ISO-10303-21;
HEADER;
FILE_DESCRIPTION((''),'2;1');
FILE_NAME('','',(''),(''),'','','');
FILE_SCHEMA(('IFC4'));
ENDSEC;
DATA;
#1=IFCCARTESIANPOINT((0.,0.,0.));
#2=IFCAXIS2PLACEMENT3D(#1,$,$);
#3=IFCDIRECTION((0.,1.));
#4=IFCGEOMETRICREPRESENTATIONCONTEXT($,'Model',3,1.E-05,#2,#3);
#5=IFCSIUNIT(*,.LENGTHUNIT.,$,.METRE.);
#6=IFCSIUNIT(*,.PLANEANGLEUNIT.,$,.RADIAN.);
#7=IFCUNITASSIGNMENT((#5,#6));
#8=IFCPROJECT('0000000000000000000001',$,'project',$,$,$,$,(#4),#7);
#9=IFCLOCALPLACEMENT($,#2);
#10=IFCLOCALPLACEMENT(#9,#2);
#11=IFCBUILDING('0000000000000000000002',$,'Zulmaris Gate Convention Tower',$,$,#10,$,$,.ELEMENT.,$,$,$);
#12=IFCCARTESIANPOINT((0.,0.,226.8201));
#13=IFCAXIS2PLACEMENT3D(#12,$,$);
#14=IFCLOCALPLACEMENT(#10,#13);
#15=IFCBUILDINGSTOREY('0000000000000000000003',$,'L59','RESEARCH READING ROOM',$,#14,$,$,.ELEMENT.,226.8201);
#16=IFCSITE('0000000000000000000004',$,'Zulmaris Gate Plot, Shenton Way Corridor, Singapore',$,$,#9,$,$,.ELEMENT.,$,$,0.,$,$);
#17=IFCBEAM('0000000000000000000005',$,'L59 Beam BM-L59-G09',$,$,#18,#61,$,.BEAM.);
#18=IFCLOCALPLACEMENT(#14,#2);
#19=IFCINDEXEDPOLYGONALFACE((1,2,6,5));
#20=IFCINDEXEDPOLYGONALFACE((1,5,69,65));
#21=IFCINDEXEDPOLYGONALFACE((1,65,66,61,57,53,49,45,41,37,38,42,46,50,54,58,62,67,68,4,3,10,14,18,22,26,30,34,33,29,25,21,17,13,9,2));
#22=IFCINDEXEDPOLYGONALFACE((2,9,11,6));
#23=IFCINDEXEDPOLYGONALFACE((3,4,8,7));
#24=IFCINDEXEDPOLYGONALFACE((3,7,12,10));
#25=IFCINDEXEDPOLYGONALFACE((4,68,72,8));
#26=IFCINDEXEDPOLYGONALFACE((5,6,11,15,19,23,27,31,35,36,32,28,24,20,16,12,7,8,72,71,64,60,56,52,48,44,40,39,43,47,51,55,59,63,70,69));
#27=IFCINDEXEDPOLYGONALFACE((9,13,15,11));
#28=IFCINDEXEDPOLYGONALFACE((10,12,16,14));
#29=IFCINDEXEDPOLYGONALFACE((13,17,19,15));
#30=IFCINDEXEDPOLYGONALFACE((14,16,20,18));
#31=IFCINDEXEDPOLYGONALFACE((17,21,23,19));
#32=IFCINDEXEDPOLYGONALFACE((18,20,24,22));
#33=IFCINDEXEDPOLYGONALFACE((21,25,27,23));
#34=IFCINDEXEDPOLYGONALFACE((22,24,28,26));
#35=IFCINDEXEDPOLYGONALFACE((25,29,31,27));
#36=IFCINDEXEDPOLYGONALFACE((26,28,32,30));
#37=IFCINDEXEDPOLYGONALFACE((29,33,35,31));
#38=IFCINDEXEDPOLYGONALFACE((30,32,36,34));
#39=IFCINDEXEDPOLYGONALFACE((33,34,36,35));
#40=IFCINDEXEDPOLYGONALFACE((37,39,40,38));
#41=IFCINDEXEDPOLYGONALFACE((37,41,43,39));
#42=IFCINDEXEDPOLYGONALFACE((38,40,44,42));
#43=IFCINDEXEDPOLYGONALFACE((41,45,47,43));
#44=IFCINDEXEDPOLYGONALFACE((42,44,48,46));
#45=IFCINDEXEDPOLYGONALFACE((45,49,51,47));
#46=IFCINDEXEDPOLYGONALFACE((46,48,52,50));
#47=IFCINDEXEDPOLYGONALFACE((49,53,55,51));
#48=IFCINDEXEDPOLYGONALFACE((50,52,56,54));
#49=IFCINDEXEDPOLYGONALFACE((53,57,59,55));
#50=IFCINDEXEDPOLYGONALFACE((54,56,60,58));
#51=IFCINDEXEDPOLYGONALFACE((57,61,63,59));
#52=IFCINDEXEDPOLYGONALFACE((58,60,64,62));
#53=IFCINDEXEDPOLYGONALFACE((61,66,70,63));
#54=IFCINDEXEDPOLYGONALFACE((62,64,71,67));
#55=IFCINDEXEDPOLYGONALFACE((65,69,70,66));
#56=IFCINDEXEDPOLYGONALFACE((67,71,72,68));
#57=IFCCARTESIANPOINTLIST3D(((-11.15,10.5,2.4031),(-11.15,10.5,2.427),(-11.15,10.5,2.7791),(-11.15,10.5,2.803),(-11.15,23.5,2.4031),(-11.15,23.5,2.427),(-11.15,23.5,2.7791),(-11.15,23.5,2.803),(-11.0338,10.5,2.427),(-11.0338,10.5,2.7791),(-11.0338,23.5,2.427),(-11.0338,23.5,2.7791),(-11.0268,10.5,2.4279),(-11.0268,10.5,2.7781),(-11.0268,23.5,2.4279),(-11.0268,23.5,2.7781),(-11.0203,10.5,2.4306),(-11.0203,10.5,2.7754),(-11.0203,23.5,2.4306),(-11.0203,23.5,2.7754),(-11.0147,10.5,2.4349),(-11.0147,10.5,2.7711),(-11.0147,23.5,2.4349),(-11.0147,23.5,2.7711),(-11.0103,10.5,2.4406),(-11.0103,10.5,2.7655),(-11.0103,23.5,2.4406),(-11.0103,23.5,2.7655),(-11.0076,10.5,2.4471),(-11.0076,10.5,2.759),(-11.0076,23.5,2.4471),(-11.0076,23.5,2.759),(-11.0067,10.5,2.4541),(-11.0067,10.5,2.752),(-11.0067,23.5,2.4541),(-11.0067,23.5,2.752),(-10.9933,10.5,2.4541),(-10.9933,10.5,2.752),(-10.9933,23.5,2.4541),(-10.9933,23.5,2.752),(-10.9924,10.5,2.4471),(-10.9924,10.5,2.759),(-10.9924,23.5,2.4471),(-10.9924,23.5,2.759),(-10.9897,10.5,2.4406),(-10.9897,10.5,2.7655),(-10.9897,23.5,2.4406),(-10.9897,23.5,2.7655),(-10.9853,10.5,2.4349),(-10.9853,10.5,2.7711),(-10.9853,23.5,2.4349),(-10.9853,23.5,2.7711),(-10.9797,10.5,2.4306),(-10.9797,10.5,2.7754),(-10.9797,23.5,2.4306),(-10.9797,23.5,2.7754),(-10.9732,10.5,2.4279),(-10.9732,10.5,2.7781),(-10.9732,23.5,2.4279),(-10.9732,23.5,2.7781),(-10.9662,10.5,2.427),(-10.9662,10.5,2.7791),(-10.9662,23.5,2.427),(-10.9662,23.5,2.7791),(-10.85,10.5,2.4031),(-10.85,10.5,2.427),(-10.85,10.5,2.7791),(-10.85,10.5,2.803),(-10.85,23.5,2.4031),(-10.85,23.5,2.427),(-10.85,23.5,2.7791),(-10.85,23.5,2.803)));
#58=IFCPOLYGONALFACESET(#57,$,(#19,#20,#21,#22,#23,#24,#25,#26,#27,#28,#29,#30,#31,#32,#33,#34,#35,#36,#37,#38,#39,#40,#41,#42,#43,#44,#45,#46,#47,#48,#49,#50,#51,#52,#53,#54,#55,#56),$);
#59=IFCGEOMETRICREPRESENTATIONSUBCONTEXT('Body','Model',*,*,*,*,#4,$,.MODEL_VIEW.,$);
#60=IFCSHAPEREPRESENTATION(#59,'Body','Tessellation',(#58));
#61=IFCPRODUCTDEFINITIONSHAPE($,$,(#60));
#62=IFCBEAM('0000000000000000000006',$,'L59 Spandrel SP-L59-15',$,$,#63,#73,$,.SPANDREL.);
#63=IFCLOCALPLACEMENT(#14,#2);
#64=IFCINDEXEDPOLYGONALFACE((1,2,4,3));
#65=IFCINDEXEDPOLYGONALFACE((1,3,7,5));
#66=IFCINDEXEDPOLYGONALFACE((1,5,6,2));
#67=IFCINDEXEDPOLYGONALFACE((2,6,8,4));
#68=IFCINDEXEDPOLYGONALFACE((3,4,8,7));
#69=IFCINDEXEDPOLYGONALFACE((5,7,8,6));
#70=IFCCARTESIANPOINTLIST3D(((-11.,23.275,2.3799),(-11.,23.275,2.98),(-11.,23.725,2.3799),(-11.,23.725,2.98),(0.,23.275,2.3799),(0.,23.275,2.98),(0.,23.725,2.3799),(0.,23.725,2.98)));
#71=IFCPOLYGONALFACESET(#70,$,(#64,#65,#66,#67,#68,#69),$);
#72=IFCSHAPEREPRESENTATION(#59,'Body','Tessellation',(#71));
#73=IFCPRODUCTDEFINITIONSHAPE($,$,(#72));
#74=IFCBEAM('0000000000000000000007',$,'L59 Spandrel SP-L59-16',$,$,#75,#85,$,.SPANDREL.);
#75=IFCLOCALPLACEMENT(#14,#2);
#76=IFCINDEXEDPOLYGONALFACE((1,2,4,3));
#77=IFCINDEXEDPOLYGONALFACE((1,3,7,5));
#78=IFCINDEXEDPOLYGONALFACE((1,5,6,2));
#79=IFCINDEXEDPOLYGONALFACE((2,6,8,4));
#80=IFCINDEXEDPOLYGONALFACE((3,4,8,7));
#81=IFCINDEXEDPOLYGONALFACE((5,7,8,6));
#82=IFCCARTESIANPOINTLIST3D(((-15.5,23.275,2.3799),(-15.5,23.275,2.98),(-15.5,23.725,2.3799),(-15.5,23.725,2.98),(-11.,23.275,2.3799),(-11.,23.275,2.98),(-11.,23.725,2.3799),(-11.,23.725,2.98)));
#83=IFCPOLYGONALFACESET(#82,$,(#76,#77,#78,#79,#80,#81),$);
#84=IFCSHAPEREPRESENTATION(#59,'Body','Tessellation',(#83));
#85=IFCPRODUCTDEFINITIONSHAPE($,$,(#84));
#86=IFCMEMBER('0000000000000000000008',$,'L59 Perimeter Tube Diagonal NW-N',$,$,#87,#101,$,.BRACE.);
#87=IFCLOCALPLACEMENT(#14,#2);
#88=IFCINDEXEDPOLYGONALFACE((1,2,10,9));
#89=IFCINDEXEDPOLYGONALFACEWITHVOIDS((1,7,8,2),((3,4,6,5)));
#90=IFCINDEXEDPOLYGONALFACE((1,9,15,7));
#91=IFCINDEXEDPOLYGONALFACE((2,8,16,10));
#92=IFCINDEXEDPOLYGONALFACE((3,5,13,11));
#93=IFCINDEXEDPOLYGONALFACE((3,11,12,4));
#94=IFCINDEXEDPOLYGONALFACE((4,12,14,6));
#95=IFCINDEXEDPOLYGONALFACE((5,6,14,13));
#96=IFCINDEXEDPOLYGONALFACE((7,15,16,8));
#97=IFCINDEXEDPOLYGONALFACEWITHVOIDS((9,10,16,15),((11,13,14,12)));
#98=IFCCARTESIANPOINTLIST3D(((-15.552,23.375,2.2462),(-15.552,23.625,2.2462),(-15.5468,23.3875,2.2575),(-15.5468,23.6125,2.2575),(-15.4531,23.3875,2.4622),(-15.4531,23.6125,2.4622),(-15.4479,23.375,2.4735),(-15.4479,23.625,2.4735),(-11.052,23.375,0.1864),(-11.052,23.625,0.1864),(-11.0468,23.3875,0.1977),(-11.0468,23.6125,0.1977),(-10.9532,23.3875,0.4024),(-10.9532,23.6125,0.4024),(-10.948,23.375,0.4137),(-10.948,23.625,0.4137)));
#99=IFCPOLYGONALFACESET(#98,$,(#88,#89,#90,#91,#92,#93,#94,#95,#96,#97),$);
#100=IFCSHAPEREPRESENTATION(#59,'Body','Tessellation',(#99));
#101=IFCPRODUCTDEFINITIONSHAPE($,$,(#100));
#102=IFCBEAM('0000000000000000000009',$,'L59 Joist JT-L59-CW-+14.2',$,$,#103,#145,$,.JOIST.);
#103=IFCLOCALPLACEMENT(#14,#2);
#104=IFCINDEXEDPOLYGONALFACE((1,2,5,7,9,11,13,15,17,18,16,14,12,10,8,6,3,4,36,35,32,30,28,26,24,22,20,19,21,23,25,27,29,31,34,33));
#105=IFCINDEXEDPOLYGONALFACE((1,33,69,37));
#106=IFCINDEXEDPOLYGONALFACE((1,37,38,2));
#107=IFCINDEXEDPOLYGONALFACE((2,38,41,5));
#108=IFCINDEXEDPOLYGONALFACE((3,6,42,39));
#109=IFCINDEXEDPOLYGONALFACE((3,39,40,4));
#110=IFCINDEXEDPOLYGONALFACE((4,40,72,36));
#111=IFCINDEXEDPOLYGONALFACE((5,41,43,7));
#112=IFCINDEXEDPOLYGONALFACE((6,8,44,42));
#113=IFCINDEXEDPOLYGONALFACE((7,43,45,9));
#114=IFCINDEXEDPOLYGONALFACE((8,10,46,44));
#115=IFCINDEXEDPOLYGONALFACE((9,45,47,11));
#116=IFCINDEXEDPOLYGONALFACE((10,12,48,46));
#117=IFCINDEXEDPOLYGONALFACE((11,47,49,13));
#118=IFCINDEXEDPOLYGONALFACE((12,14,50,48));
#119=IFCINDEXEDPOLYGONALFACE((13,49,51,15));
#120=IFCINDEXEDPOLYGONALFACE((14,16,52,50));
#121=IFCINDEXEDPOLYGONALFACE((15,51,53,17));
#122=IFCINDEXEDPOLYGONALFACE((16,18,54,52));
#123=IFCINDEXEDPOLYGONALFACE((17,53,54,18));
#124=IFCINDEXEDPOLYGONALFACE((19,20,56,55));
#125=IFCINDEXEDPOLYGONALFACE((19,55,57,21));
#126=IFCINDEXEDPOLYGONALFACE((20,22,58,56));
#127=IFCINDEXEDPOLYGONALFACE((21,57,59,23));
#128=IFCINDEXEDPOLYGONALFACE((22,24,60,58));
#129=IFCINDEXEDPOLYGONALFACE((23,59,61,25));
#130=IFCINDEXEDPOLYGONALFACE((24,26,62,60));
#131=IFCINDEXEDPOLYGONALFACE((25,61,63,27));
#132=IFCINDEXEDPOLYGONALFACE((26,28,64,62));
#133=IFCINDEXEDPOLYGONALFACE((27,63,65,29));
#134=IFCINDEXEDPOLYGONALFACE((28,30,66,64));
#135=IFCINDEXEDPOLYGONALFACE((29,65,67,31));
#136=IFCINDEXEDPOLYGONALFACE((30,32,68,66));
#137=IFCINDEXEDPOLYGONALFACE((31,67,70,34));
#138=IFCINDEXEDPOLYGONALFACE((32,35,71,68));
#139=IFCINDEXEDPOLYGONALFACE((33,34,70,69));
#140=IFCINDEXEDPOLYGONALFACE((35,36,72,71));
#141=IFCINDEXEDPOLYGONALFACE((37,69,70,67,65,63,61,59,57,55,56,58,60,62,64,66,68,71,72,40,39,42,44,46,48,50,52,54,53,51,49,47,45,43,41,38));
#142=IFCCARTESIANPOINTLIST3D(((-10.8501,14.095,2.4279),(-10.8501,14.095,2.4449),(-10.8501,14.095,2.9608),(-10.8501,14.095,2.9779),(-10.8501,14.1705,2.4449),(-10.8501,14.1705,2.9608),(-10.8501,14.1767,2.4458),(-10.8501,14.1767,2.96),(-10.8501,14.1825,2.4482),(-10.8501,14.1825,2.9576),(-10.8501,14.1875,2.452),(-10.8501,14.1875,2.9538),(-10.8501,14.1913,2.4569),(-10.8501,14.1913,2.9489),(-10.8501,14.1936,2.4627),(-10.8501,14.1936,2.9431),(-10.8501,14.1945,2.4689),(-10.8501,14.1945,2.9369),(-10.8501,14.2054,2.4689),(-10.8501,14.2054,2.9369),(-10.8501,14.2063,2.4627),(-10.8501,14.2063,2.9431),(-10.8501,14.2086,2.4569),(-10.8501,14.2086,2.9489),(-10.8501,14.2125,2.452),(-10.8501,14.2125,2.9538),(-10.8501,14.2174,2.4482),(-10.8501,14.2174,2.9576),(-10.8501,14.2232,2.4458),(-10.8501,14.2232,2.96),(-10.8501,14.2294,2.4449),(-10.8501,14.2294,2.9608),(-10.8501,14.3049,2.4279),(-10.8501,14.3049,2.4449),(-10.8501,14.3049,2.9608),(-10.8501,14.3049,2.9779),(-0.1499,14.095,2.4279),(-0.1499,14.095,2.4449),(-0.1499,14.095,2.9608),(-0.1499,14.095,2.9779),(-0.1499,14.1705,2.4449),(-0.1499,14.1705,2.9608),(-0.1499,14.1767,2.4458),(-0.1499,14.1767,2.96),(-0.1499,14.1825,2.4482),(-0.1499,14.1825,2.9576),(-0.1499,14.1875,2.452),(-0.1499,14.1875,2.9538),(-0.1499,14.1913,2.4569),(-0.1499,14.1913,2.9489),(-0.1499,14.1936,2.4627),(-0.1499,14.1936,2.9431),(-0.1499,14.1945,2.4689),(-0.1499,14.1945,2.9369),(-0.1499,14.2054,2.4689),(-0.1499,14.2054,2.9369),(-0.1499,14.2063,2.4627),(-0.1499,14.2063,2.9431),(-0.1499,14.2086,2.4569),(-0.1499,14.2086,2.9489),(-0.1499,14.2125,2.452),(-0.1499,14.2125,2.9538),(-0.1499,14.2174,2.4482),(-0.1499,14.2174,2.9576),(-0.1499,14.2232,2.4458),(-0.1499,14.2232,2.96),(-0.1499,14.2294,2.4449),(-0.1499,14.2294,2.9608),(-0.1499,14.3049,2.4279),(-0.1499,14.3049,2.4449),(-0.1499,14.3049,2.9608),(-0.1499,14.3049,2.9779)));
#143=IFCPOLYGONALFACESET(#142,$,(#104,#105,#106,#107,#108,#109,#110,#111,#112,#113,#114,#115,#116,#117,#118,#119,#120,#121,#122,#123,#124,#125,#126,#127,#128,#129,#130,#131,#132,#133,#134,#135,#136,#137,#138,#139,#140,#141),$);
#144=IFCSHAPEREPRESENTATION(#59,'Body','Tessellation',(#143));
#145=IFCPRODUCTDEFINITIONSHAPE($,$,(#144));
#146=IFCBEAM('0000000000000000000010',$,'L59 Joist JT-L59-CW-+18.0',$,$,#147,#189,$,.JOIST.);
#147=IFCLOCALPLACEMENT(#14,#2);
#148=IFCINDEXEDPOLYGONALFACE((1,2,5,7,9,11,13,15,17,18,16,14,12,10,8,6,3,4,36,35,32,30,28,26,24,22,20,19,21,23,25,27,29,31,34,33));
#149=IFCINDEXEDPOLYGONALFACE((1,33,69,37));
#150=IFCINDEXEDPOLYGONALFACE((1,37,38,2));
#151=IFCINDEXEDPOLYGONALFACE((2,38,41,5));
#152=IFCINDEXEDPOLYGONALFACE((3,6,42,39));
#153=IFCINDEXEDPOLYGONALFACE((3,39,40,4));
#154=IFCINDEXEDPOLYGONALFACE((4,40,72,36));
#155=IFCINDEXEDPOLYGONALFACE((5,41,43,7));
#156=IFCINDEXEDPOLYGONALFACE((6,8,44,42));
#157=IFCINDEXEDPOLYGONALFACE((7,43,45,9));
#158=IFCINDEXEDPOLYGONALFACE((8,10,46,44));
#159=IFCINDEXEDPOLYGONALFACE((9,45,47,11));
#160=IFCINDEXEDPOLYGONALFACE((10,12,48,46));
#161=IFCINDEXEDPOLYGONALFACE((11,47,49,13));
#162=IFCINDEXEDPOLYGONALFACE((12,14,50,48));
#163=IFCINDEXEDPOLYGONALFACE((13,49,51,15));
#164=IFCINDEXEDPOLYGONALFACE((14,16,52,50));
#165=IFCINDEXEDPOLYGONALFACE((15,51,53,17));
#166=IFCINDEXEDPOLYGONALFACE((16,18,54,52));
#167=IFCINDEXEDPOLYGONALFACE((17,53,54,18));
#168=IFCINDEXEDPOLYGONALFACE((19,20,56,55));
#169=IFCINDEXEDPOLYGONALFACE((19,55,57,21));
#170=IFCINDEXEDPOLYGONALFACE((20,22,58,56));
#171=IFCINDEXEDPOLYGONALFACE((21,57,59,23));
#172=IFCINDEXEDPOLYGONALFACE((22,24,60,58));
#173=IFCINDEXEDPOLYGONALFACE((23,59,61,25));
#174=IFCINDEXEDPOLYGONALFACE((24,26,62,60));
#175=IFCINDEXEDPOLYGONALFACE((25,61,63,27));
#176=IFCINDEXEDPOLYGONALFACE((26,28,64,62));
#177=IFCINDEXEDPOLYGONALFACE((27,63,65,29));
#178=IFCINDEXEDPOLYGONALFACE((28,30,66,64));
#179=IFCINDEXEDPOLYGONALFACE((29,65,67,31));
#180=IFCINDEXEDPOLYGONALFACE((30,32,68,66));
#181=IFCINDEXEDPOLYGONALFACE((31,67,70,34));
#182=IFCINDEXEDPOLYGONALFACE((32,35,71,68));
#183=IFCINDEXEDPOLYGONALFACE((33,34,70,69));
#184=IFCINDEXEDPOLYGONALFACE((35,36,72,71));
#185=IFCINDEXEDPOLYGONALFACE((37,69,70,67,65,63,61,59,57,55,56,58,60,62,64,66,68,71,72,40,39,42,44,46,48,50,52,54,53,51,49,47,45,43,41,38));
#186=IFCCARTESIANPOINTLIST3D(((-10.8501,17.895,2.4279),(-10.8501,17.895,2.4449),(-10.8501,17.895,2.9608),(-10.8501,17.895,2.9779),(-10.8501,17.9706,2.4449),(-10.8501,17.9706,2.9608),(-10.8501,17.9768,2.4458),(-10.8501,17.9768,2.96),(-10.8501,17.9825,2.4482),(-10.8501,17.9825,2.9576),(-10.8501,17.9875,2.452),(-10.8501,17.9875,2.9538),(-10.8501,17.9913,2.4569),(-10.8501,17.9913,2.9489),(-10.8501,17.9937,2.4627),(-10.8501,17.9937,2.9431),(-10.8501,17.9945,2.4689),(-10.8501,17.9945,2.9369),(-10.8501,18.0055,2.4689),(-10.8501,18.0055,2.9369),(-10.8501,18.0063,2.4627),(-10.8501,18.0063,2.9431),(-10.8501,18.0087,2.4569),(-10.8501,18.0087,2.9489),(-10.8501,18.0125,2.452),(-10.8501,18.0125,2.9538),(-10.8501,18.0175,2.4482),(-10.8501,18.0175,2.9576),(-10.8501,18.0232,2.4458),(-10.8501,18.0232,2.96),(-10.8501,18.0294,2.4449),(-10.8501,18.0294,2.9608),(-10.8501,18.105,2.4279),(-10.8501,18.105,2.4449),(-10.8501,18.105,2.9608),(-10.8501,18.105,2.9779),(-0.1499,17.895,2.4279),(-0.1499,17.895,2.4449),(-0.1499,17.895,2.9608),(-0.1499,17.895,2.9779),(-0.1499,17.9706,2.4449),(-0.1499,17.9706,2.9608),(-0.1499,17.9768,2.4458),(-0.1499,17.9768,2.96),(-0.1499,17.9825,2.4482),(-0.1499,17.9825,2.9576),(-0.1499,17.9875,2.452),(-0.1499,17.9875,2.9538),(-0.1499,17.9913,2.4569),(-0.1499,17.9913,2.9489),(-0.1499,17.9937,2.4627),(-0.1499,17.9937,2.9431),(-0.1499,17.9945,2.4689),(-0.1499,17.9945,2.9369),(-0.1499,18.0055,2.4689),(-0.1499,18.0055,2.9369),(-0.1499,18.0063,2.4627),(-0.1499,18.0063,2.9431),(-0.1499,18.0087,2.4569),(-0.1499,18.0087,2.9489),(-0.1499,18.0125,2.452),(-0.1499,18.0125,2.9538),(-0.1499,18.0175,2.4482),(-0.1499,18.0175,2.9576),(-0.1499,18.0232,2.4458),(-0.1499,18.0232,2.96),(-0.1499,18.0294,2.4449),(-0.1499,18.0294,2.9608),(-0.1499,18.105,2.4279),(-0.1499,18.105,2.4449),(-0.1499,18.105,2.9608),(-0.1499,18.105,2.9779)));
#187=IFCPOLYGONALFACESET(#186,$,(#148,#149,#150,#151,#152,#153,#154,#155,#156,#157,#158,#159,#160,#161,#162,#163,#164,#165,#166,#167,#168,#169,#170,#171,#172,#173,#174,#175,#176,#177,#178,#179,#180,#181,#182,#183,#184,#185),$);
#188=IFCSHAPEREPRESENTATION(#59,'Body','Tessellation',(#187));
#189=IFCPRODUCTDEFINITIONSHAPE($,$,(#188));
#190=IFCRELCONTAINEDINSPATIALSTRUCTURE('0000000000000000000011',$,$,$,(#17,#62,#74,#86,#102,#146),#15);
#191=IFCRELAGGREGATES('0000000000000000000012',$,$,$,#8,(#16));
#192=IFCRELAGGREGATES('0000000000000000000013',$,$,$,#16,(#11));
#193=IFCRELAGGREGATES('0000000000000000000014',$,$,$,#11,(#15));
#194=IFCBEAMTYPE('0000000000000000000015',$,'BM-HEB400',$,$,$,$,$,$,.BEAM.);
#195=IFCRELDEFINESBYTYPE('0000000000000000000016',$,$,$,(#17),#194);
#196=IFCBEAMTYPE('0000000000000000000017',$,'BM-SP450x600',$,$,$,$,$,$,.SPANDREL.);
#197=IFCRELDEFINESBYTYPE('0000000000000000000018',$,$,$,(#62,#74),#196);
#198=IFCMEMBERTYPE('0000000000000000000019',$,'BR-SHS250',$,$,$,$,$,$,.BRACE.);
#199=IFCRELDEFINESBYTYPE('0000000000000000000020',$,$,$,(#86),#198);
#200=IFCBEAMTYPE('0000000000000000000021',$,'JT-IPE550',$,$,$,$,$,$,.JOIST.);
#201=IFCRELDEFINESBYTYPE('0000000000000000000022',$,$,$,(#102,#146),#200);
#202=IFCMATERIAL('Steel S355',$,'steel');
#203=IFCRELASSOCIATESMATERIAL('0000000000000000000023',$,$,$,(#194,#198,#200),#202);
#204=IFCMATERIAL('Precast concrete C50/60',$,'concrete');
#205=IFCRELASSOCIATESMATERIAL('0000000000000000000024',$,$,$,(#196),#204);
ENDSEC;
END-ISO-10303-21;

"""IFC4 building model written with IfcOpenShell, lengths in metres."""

from ifc_helpers import new_model, si_unit, direction, frame, origin, origin_2d, place, context, subcontext, project, spatial, rectangle, hollow_rectangle, i_section, extrude, material, material_profile, profile_set, type_object, element, save


model = new_model("IFC4")

# Units and contexts
model_context = context("Model", 3, precision=1e-05, world=origin(), true_north=direction((0.0, 1.0)))
body_context = subcontext(model_context, "Body", "Model", "MODEL_VIEW")
ifc_project = project(units=[si_unit("LENGTHUNIT", "METRE"), si_unit("PLANEANGLEUNIT", "RADIAN")], contexts=[model_context])

# Site, building, storey
site_placement = place(None, origin())
site = spatial("IfcSite", under=ifc_project, at=site_placement, Name="Zulmaris Gate Plot, Shenton Way Corridor, Singapore", CompositionType="ELEMENT", RefElevation=0.0)
building_placement = place(site_placement, origin())
building = spatial("IfcBuilding", under=site, at=building_placement, Name="Zulmaris Gate Convention Tower", CompositionType="ELEMENT")
storey_placement = place(building_placement, frame((0.0, 0.0, 226.8201)))
storey = spatial("IfcBuildingStorey", under=building, at=storey_placement, Name="L59", Description="RESEARCH READING ROOM", CompositionType="ELEMENT", Elevation=226.8201)

# Beams
ifc_material_1 = material(Name="Steel S355", Category="steel")
ifc_material_profile_1 = material_profile(ifc_material_1, i_section(OverallWidth=0.3, OverallDepth=0.3999, WebThickness=0.0134, FlangeThickness=0.0239, FilletRadius=0.0271, at=origin_2d()), Name="HEB 400")
ifc_profile_set_1 = profile_set([ifc_material_profile_1], Name="Steel S355")
beam_type_1 = type_object("IfcBeamType", Name="BM-HEB400", PredefinedType="BEAM", material=ifc_profile_set_1)
beam_1_placement = place(storey_placement, frame((-11.0, 10.5, 2.603), z_axis=(0.0, 1.0, 0.0), x_axis=(-1.0, 0.0, 0.0)))
element("IfcBeam", 1, at=beam_1_placement, inside=storey, type_object=beam_type_1, Name="L59 Beam BM-L59-G09", PredefinedType="BEAM", context=body_context, shape_type="SweptSolid", body=[
    extrude(i_section(OverallWidth=0.3, OverallDepth=0.3999, WebThickness=0.0134, FlangeThickness=0.0239, FilletRadius=0.0271, at=origin_2d()), origin(), (0.0, 0.0, 1.0), 13.0),
])
ifc_material_2 = material(Name="Precast concrete C50/60", Category="concrete")
ifc_material_profile_2 = material_profile(ifc_material_2, rectangle(XDim=0.45, YDim=0.6001, at=origin_2d()), Name="RC SPANDREL 450x600")
ifc_profile_set_2 = profile_set([ifc_material_profile_2], Name="Precast concrete C50/60")
beam_type_2 = type_object("IfcBeamType", Name="BM-SP450x600", PredefinedType="SPANDREL", material=ifc_profile_set_2)
beam_2_placement = place(storey_placement, frame((0.0, 23.5, 2.6799), z_axis=(-1.0, 0.0, 0.0), x_axis=(0.0, -1.0, 0.0)))
element("IfcBeam", 2, at=beam_2_placement, inside=storey, type_object=beam_type_2, Name="L59 Spandrel SP-L59-15", PredefinedType="SPANDREL", context=body_context, shape_type="SweptSolid", body=[
    extrude(rectangle(XDim=0.45, YDim=0.6001, at=origin_2d()), origin(), (0.0, 0.0, 1.0), 11.0),
])
beam_3_placement = place(storey_placement, frame((-11.0, 23.5, 2.6799), z_axis=(-1.0, 0.0, 0.0), x_axis=(0.0, -1.0, 0.0)))
element("IfcBeam", 3, at=beam_3_placement, inside=storey, type_object=beam_type_2, Name="L59 Spandrel SP-L59-16", PredefinedType="SPANDREL", context=body_context, shape_type="SweptSolid", body=[
    extrude(rectangle(XDim=0.45, YDim=0.6001, at=origin_2d()), origin(), (0.0, 0.0, 1.0), 4.5),
])

# Member
ifc_material_profile_3 = material_profile(ifc_material_1, hollow_rectangle(XDim=0.25, YDim=0.25, WallThickness=0.0125, at=origin_2d()), Name="SHS 250x250x12.5")
ifc_profile_set_3 = profile_set([ifc_material_profile_3], Name="Steel S355")
member_type = type_object("IfcMemberType", Name="BR-SHS250", PredefinedType="BRACE", material=ifc_profile_set_3)
member_placement = place(storey_placement, frame((-11.0, 23.5, 0.3), z_axis=(-0.90927, 0.0, 0.416206), x_axis=(0.0, -1.0, 0.0)))
element("IfcMember", 4, at=member_placement, inside=storey, type_object=member_type, Name="L59 Perimeter Tube Diagonal NW-N", PredefinedType="BRACE", context=body_context, shape_type="SweptSolid", body=[
    extrude(hollow_rectangle(XDim=0.25, YDim=0.25, WallThickness=0.0125, at=origin_2d()), origin(), (0.0, 0.0, 1.0), 4.949),
])

# Beams
ifc_material_profile_4 = material_profile(ifc_material_1, i_section(OverallWidth=0.21, OverallDepth=0.55, WebThickness=0.011, FlangeThickness=0.0171, FilletRadius=0.0239, at=origin_2d()), Name="IPE 550")
ifc_profile_set_4 = profile_set([ifc_material_profile_4], Name="Steel S355")
beam_type_3 = type_object("IfcBeamType", Name="JT-IPE550", PredefinedType="JOIST", material=ifc_profile_set_4)
for number, where, z_axis, x_axis, name in (
    (5, (-10.8501, 14.2, 2.7029), (1.0, 0.0, 0.0), (0.0, 1.0, 0.0), "L59 Joist JT-L59-CW-+14.2"),
    (6, (-10.8501, 18.0, 2.7029), (1.0, 0.0, 0.0), (0.0, 1.0, 0.0), "L59 Joist JT-L59-CW-+18.0"),
):
    element("IfcBeam", number, at=place(storey_placement, frame(where, z_axis=z_axis, x_axis=x_axis)), inside=storey, type_object=beam_type_3, Name=name, PredefinedType="JOIST", context=body_context, shape_type="SweptSolid", body=[
        extrude(i_section(OverallWidth=0.21, OverallDepth=0.55, WebThickness=0.011, FlangeThickness=0.0171, FilletRadius=0.0239, at=origin_2d()), origin(), (0.0, 0.0, 1.0), 10.7002),
    ])

save(model, "model.ifc")
